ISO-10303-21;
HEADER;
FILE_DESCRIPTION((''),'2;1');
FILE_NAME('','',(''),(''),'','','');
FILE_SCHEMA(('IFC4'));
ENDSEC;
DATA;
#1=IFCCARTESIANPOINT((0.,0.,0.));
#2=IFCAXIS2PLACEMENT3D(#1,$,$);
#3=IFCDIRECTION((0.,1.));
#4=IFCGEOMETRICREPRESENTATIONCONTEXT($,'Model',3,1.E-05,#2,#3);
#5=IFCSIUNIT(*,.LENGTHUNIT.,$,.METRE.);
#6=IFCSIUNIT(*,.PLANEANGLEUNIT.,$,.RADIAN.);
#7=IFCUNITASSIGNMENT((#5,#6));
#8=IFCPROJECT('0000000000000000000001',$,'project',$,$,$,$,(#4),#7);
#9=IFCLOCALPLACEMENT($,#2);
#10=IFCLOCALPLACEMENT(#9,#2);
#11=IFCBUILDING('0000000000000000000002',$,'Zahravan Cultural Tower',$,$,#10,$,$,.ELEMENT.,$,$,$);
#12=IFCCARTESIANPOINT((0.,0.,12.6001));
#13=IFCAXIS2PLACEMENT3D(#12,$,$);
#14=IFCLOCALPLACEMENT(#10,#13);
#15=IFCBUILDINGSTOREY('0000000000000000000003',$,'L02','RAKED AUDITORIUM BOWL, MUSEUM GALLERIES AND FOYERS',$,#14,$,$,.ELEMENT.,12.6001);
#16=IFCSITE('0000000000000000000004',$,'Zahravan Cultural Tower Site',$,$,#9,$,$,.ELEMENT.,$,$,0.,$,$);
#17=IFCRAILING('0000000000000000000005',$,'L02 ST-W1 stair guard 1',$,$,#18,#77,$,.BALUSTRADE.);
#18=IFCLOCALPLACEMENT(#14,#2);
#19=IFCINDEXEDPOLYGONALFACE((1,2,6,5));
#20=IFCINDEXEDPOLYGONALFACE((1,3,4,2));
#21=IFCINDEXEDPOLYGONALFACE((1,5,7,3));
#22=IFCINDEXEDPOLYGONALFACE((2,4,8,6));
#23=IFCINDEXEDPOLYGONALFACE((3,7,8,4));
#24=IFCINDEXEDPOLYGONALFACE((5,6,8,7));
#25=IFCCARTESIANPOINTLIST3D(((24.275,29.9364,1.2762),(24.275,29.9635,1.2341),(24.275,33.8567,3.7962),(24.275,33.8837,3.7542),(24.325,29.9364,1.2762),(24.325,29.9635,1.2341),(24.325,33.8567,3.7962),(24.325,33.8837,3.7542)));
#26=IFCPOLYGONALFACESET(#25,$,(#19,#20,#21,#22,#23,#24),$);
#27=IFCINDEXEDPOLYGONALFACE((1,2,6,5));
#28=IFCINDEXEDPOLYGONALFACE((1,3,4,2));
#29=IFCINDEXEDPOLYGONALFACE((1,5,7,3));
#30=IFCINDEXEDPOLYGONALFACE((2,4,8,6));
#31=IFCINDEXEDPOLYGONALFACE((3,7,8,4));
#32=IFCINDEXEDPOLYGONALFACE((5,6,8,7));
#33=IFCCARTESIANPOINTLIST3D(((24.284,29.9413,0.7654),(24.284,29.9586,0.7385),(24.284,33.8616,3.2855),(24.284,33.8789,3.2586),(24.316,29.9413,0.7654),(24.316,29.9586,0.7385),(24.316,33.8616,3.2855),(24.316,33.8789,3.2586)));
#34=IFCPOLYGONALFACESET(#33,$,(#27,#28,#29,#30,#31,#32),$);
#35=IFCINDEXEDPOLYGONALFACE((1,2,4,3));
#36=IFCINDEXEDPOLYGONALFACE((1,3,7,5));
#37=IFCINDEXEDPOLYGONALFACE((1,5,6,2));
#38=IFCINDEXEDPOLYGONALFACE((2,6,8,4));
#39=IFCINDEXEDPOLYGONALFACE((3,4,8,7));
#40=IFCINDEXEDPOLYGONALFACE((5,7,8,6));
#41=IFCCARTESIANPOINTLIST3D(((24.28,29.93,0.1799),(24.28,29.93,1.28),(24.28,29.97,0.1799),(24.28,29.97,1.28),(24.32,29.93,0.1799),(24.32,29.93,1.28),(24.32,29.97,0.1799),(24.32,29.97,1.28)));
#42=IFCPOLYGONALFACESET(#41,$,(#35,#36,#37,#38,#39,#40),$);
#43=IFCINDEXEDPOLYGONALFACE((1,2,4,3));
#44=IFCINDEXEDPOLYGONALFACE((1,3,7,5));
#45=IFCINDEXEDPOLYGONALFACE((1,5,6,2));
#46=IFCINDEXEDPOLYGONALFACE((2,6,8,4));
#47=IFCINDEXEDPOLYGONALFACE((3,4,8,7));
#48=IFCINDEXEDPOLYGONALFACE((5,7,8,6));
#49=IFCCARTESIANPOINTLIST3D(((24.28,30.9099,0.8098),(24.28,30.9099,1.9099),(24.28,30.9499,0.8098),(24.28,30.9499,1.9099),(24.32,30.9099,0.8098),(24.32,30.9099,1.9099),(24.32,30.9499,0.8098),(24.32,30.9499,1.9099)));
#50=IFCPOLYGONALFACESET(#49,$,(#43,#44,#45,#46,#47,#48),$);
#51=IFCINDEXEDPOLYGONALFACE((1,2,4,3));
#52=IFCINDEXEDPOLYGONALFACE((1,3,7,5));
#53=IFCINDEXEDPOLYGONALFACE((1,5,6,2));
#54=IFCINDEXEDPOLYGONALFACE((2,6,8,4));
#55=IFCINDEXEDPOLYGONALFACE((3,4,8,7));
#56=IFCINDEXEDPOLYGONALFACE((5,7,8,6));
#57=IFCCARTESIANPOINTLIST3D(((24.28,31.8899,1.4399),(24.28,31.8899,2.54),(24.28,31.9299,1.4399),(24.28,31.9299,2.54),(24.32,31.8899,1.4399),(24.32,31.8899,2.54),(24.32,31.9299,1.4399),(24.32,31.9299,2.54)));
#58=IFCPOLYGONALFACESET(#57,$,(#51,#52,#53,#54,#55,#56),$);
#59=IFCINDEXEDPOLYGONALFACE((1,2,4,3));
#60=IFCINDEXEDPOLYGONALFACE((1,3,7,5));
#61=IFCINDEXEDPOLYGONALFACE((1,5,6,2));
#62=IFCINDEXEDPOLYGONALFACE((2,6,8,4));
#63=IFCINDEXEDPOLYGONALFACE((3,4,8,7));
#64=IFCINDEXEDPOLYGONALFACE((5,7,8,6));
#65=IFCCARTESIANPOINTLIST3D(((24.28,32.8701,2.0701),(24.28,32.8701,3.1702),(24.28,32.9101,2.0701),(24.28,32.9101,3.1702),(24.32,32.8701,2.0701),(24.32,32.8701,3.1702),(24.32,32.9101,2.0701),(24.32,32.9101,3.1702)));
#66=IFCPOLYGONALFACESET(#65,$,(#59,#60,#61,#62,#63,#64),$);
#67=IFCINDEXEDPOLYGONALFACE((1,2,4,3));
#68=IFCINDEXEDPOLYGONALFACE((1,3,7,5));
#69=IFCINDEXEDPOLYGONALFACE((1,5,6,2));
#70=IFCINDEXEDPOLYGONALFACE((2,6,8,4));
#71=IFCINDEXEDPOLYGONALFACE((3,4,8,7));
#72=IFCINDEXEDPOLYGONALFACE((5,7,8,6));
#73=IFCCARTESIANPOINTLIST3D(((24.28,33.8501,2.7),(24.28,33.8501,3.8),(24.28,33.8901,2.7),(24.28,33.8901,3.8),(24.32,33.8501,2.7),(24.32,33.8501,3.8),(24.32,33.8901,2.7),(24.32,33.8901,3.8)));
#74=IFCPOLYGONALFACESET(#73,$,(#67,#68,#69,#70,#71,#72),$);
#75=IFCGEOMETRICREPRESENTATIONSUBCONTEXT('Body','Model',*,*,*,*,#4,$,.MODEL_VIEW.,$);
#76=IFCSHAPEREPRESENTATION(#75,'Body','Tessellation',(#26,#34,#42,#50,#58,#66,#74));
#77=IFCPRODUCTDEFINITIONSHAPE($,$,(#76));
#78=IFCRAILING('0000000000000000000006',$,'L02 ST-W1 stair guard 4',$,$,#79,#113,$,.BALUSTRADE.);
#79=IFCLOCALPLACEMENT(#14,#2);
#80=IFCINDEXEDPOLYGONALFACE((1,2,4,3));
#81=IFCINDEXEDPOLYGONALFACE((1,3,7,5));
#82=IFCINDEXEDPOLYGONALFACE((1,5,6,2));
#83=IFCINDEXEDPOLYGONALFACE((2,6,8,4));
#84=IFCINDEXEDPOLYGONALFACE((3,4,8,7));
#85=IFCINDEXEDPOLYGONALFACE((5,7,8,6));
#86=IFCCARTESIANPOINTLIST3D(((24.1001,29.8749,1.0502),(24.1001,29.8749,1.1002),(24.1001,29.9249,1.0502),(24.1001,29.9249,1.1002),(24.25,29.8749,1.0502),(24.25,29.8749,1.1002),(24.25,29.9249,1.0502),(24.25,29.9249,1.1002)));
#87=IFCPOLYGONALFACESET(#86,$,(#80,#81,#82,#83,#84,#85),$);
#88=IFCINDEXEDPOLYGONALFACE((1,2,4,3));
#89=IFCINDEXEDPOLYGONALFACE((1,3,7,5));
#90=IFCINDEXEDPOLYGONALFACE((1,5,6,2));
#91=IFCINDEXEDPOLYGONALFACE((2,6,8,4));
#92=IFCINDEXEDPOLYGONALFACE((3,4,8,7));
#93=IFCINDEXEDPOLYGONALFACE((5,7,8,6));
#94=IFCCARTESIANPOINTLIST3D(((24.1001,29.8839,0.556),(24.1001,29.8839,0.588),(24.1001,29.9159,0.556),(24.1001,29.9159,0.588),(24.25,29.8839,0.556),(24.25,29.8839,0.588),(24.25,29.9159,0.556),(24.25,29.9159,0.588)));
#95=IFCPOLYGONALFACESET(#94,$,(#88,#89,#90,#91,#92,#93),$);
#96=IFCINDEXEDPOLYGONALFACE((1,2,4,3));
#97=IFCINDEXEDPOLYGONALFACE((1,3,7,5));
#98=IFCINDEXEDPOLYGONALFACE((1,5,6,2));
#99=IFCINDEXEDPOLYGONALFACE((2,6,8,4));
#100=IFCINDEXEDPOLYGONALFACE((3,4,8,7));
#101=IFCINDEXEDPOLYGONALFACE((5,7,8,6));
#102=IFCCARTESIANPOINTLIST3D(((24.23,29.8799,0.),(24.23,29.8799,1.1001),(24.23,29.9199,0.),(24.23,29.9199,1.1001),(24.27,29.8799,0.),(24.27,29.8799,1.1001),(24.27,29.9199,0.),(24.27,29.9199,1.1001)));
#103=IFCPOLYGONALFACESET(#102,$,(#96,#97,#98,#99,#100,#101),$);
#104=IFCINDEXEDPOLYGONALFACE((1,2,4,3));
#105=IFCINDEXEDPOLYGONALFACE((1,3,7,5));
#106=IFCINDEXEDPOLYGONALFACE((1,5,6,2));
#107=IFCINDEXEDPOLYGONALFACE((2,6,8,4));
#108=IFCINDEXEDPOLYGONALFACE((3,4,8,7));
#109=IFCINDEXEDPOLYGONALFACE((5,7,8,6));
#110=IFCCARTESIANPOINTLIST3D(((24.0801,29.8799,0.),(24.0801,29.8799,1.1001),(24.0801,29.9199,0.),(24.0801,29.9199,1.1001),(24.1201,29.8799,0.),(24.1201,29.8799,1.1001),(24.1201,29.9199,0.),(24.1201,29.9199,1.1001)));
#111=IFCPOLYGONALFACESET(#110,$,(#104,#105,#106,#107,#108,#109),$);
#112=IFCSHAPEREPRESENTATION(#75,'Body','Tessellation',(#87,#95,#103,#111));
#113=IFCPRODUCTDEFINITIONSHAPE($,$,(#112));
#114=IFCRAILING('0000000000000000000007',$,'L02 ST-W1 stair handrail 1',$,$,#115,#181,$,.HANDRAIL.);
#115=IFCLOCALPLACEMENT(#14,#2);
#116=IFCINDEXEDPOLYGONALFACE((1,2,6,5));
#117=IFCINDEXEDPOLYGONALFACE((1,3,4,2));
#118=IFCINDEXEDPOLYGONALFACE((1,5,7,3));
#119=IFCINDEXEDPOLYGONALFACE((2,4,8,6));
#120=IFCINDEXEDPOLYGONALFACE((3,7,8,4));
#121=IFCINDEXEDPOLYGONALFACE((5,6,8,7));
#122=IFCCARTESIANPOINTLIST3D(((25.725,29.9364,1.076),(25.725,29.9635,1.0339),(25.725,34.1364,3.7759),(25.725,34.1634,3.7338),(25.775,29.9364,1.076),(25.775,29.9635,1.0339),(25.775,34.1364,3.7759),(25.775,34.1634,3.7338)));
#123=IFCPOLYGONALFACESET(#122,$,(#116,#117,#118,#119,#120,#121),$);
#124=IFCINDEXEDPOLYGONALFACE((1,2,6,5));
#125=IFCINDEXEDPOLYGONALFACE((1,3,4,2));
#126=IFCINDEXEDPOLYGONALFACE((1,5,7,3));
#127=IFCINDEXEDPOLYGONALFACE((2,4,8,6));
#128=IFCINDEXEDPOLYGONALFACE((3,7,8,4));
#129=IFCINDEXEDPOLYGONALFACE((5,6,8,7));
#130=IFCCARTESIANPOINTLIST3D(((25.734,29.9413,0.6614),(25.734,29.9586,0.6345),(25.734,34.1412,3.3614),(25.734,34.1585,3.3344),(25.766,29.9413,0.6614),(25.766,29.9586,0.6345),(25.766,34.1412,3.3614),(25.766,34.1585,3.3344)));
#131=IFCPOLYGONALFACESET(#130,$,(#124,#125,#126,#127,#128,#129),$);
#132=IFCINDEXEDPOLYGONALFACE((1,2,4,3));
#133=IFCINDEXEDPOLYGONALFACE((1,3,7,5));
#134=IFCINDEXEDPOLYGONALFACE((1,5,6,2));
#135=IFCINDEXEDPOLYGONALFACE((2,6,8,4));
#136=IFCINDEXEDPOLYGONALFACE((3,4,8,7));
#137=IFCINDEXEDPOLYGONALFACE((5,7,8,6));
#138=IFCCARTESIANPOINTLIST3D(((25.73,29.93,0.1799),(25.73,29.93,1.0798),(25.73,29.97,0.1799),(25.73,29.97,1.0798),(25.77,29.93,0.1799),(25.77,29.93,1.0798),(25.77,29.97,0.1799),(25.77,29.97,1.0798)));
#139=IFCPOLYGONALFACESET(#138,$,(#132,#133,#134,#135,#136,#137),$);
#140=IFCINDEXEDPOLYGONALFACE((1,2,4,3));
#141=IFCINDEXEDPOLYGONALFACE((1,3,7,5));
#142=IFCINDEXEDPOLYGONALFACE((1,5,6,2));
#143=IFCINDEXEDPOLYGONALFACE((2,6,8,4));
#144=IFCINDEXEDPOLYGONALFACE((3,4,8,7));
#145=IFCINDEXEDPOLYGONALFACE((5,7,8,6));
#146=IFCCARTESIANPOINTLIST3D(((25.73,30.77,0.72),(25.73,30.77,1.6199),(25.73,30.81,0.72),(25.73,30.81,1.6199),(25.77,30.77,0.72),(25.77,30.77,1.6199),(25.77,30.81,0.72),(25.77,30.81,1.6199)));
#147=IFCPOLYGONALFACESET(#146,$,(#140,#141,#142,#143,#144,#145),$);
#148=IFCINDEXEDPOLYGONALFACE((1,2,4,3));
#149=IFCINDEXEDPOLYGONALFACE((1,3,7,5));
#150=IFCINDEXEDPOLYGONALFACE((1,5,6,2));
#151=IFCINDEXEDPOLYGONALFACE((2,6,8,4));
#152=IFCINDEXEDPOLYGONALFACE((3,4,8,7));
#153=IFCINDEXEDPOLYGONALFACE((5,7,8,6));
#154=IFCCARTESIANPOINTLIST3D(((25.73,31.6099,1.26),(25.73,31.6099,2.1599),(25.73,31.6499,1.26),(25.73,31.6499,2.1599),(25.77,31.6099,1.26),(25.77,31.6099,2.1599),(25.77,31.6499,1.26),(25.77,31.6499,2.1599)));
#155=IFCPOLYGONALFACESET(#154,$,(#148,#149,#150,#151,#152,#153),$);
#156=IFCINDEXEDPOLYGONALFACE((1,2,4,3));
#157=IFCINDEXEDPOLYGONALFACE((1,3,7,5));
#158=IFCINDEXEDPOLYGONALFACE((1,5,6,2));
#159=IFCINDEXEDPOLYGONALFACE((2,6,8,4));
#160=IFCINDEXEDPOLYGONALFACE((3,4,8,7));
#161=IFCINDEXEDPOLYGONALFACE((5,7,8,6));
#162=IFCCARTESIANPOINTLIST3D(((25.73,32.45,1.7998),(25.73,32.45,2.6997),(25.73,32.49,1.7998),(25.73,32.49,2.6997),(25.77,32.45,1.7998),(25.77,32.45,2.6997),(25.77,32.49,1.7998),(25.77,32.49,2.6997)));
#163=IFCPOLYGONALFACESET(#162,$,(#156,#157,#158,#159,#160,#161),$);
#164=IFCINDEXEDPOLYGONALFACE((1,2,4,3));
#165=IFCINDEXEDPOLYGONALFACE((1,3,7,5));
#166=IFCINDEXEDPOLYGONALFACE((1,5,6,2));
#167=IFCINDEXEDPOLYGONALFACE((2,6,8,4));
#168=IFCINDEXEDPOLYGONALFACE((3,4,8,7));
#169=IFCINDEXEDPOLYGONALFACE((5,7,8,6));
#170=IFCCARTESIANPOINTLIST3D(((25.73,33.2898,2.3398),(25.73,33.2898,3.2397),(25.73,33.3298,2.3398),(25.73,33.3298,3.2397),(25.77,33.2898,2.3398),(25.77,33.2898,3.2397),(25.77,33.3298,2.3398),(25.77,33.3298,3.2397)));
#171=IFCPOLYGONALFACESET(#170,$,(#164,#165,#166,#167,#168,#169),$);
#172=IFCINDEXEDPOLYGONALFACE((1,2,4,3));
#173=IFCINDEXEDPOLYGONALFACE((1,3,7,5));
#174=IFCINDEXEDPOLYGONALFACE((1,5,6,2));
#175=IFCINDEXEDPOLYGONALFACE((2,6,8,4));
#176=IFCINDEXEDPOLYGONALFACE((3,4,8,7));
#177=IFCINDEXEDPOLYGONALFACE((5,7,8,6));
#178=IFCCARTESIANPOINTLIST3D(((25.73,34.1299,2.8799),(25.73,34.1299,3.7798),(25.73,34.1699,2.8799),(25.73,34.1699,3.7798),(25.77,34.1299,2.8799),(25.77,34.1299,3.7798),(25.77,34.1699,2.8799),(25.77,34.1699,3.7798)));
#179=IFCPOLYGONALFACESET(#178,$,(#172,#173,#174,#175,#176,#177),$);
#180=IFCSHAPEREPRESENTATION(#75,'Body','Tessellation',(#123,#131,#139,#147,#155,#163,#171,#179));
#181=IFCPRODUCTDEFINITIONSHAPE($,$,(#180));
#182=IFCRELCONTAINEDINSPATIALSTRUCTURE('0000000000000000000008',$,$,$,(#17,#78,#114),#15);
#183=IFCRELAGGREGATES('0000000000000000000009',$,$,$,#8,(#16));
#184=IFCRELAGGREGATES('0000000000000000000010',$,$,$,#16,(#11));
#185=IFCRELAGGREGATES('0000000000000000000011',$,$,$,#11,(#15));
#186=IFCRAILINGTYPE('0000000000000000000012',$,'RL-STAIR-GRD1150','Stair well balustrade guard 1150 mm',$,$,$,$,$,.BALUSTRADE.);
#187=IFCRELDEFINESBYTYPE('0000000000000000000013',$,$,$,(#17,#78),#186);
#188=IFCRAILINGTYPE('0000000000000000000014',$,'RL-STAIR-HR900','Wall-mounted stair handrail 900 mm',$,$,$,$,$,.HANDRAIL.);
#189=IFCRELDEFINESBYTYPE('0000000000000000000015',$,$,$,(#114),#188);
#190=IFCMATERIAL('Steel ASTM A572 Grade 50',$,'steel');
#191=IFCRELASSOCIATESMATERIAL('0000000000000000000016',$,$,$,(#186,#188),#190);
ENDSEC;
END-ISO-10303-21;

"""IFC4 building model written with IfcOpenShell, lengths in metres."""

from ifc_helpers import new_model, si_unit, direction, frame, origin, origin_2d, place, context, subcontext, project, spatial, rectangle, extrude, material, type_object, element, save


model = new_model("IFC4")

# Units and contexts
model_context = context("Model", 3, precision=1e-05, world=origin(), true_north=direction((0.0, 1.0)))
body_context = subcontext(model_context, "Body", "Model", "MODEL_VIEW")
ifc_project = project(units=[si_unit("LENGTHUNIT", "METRE"), si_unit("PLANEANGLEUNIT", "RADIAN")], contexts=[model_context])

# Site, building, storey
site_placement = place(None, origin())
site = spatial("IfcSite", under=ifc_project, at=site_placement, Name="Zahravan Cultural Tower Site", CompositionType="ELEMENT", RefElevation=0.0)
building_placement = place(site_placement, origin())
building = spatial("IfcBuilding", under=site, at=building_placement, Name="Zahravan Cultural Tower", CompositionType="ELEMENT")
storey_placement = place(building_placement, frame((0.0, 0.0, 12.6001)))
storey = spatial("IfcBuildingStorey", under=building, at=storey_placement, Name="L02", Description="RAKED AUDITORIUM BOWL, MUSEUM GALLERIES AND FOYERS", CompositionType="ELEMENT", Elevation=12.6001)

# Shared definitions
ifc_material_1 = material(Name="Steel ASTM A572 Grade 50", Category="steel")

# Railings
railing_type_1 = type_object("IfcRailingType", Name="RL-STAIR-GRD1150", Description="Stair well balustrade guard 1150 mm", PredefinedType="BALUSTRADE", material=ifc_material_1)
railing_1_placement = place(storey_placement, frame((24.3, 29.95, 0.1799)))
element("IfcRailing", 1, at=railing_1_placement, inside=storey, type_object=railing_type_1, Name="L02 ST-W1 stair guard 1", PredefinedType="BALUSTRADE", context=body_context, shape_type="SweptSolid", body=[
    extrude(rectangle(XDim=0.05, YDim=0.05, at=origin_2d()), frame((0.0, 0.0, 1.0752), z_axis=(0.0, 0.841187, 0.540744), x_axis=(-1.0, 0.0, 0.0)), (0.0, 0.0, 1.0), 4.6604),
    extrude(rectangle(XDim=0.032, YDim=0.032, at=origin_2d()), frame((0.0, 0.0, 0.572), z_axis=(0.0, 0.841187, 0.540744), x_axis=(-1.0, 0.0, 0.0)), (0.0, 0.0, 1.0), 4.6604),
    extrude(rectangle(XDim=0.04, YDim=0.04, at=origin_2d()), origin(), (0.0, 0.0, 1.0), 1.1001),
    extrude(rectangle(XDim=0.04, YDim=0.04, at=origin_2d()), frame((0.0, 0.98, 0.6299)), (0.0, 0.0, 1.0), 1.1001),
    extrude(rectangle(XDim=0.04, YDim=0.04, at=origin_2d()), frame((0.0, 1.96, 1.26)), (0.0, 0.0, 1.0), 1.1001),
    extrude(rectangle(XDim=0.04, YDim=0.04, at=origin_2d()), frame((0.0, 2.9402, 1.8901)), (0.0, 0.0, 1.0), 1.1001),
    extrude(rectangle(XDim=0.04, YDim=0.04, at=origin_2d()), frame((0.0, 3.9202, 2.52)), (0.0, 0.0, 1.0), 1.1001),
])
railing_2_placement = place(storey_placement, frame((24.25, 29.8999, 0.0)))
element("IfcRailing", 2, at=railing_2_placement, inside=storey, type_object=railing_type_1, Name="L02 ST-W1 stair guard 4", PredefinedType="BALUSTRADE", context=body_context, shape_type="SweptSolid", body=[
    extrude(rectangle(XDim=0.05, YDim=0.05, at=origin_2d()), frame((0.0, 0.0, 1.0752), z_axis=(-1.0, 0.0, 0.0), x_axis=(0.0, -1.0, 0.0)), (0.0, 0.0, 1.0), 0.1499),
    extrude(rectangle(XDim=0.032, YDim=0.032, at=origin_2d()), frame((0.0, 0.0, 0.572), z_axis=(-1.0, 0.0, 0.0), x_axis=(0.0, -1.0, 0.0)), (0.0, 0.0, 1.0), 0.1499),
    extrude(rectangle(XDim=0.04, YDim=0.04, at=origin_2d()), origin(), (0.0, 0.0, 1.0), 1.1001),
    extrude(rectangle(XDim=0.04, YDim=0.04, at=origin_2d()), frame((-0.1499, 0.0, 0.0)), (0.0, 0.0, 1.0), 1.1001),
])
railing_type_2 = type_object("IfcRailingType", Name="RL-STAIR-HR900", Description="Wall-mounted stair handrail 900 mm", PredefinedType="HANDRAIL", material=ifc_material_1)
railing_3_placement = place(storey_placement, frame((25.75, 29.95, 0.1799)))
element("IfcRailing", 3, at=railing_3_placement, inside=storey, type_object=railing_type_2, Name="L02 ST-W1 stair handrail 1", PredefinedType="HANDRAIL", context=body_context, shape_type="SweptSolid", body=[
    extrude(rectangle(XDim=0.05, YDim=0.05, at=origin_2d()), frame((0.0, 0.0, 0.875), z_axis=(0.0, 0.84118, 0.540755), x_axis=(-1.0, 0.0, 0.0)), (0.0, 0.0, 1.0), 4.9929),
    extrude(rectangle(XDim=0.032, YDim=0.032, at=origin_2d()), frame((0.0, 0.0, 0.468), z_axis=(0.0, 0.84118, 0.540755), x_axis=(-1.0, 0.0, 0.0)), (0.0, 0.0, 1.0), 4.9929),
    extrude(rectangle(XDim=0.04, YDim=0.04, at=origin_2d()), origin(), (0.0, 0.0, 1.0), 0.8999),
    extrude(rectangle(XDim=0.04, YDim=0.04, at=origin_2d()), frame((0.0, 0.8401, 0.54)), (0.0, 0.0, 1.0), 0.8999),
    extrude(rectangle(XDim=0.04, YDim=0.04, at=origin_2d()), frame((0.0, 1.6799, 1.0801)), (0.0, 0.0, 1.0), 0.8999),
    extrude(rectangle(XDim=0.04, YDim=0.04, at=origin_2d()), frame((0.0, 2.52, 1.6199)), (0.0, 0.0, 1.0), 0.8999),
    extrude(rectangle(XDim=0.04, YDim=0.04, at=origin_2d()), frame((0.0, 3.3599, 2.1599)), (0.0, 0.0, 1.0), 0.8999),
    extrude(rectangle(XDim=0.04, YDim=0.04, at=origin_2d()), frame((0.0, 4.2, 2.7)), (0.0, 0.0, 1.0), 0.8999),
])

save(model, "model.ifc")
